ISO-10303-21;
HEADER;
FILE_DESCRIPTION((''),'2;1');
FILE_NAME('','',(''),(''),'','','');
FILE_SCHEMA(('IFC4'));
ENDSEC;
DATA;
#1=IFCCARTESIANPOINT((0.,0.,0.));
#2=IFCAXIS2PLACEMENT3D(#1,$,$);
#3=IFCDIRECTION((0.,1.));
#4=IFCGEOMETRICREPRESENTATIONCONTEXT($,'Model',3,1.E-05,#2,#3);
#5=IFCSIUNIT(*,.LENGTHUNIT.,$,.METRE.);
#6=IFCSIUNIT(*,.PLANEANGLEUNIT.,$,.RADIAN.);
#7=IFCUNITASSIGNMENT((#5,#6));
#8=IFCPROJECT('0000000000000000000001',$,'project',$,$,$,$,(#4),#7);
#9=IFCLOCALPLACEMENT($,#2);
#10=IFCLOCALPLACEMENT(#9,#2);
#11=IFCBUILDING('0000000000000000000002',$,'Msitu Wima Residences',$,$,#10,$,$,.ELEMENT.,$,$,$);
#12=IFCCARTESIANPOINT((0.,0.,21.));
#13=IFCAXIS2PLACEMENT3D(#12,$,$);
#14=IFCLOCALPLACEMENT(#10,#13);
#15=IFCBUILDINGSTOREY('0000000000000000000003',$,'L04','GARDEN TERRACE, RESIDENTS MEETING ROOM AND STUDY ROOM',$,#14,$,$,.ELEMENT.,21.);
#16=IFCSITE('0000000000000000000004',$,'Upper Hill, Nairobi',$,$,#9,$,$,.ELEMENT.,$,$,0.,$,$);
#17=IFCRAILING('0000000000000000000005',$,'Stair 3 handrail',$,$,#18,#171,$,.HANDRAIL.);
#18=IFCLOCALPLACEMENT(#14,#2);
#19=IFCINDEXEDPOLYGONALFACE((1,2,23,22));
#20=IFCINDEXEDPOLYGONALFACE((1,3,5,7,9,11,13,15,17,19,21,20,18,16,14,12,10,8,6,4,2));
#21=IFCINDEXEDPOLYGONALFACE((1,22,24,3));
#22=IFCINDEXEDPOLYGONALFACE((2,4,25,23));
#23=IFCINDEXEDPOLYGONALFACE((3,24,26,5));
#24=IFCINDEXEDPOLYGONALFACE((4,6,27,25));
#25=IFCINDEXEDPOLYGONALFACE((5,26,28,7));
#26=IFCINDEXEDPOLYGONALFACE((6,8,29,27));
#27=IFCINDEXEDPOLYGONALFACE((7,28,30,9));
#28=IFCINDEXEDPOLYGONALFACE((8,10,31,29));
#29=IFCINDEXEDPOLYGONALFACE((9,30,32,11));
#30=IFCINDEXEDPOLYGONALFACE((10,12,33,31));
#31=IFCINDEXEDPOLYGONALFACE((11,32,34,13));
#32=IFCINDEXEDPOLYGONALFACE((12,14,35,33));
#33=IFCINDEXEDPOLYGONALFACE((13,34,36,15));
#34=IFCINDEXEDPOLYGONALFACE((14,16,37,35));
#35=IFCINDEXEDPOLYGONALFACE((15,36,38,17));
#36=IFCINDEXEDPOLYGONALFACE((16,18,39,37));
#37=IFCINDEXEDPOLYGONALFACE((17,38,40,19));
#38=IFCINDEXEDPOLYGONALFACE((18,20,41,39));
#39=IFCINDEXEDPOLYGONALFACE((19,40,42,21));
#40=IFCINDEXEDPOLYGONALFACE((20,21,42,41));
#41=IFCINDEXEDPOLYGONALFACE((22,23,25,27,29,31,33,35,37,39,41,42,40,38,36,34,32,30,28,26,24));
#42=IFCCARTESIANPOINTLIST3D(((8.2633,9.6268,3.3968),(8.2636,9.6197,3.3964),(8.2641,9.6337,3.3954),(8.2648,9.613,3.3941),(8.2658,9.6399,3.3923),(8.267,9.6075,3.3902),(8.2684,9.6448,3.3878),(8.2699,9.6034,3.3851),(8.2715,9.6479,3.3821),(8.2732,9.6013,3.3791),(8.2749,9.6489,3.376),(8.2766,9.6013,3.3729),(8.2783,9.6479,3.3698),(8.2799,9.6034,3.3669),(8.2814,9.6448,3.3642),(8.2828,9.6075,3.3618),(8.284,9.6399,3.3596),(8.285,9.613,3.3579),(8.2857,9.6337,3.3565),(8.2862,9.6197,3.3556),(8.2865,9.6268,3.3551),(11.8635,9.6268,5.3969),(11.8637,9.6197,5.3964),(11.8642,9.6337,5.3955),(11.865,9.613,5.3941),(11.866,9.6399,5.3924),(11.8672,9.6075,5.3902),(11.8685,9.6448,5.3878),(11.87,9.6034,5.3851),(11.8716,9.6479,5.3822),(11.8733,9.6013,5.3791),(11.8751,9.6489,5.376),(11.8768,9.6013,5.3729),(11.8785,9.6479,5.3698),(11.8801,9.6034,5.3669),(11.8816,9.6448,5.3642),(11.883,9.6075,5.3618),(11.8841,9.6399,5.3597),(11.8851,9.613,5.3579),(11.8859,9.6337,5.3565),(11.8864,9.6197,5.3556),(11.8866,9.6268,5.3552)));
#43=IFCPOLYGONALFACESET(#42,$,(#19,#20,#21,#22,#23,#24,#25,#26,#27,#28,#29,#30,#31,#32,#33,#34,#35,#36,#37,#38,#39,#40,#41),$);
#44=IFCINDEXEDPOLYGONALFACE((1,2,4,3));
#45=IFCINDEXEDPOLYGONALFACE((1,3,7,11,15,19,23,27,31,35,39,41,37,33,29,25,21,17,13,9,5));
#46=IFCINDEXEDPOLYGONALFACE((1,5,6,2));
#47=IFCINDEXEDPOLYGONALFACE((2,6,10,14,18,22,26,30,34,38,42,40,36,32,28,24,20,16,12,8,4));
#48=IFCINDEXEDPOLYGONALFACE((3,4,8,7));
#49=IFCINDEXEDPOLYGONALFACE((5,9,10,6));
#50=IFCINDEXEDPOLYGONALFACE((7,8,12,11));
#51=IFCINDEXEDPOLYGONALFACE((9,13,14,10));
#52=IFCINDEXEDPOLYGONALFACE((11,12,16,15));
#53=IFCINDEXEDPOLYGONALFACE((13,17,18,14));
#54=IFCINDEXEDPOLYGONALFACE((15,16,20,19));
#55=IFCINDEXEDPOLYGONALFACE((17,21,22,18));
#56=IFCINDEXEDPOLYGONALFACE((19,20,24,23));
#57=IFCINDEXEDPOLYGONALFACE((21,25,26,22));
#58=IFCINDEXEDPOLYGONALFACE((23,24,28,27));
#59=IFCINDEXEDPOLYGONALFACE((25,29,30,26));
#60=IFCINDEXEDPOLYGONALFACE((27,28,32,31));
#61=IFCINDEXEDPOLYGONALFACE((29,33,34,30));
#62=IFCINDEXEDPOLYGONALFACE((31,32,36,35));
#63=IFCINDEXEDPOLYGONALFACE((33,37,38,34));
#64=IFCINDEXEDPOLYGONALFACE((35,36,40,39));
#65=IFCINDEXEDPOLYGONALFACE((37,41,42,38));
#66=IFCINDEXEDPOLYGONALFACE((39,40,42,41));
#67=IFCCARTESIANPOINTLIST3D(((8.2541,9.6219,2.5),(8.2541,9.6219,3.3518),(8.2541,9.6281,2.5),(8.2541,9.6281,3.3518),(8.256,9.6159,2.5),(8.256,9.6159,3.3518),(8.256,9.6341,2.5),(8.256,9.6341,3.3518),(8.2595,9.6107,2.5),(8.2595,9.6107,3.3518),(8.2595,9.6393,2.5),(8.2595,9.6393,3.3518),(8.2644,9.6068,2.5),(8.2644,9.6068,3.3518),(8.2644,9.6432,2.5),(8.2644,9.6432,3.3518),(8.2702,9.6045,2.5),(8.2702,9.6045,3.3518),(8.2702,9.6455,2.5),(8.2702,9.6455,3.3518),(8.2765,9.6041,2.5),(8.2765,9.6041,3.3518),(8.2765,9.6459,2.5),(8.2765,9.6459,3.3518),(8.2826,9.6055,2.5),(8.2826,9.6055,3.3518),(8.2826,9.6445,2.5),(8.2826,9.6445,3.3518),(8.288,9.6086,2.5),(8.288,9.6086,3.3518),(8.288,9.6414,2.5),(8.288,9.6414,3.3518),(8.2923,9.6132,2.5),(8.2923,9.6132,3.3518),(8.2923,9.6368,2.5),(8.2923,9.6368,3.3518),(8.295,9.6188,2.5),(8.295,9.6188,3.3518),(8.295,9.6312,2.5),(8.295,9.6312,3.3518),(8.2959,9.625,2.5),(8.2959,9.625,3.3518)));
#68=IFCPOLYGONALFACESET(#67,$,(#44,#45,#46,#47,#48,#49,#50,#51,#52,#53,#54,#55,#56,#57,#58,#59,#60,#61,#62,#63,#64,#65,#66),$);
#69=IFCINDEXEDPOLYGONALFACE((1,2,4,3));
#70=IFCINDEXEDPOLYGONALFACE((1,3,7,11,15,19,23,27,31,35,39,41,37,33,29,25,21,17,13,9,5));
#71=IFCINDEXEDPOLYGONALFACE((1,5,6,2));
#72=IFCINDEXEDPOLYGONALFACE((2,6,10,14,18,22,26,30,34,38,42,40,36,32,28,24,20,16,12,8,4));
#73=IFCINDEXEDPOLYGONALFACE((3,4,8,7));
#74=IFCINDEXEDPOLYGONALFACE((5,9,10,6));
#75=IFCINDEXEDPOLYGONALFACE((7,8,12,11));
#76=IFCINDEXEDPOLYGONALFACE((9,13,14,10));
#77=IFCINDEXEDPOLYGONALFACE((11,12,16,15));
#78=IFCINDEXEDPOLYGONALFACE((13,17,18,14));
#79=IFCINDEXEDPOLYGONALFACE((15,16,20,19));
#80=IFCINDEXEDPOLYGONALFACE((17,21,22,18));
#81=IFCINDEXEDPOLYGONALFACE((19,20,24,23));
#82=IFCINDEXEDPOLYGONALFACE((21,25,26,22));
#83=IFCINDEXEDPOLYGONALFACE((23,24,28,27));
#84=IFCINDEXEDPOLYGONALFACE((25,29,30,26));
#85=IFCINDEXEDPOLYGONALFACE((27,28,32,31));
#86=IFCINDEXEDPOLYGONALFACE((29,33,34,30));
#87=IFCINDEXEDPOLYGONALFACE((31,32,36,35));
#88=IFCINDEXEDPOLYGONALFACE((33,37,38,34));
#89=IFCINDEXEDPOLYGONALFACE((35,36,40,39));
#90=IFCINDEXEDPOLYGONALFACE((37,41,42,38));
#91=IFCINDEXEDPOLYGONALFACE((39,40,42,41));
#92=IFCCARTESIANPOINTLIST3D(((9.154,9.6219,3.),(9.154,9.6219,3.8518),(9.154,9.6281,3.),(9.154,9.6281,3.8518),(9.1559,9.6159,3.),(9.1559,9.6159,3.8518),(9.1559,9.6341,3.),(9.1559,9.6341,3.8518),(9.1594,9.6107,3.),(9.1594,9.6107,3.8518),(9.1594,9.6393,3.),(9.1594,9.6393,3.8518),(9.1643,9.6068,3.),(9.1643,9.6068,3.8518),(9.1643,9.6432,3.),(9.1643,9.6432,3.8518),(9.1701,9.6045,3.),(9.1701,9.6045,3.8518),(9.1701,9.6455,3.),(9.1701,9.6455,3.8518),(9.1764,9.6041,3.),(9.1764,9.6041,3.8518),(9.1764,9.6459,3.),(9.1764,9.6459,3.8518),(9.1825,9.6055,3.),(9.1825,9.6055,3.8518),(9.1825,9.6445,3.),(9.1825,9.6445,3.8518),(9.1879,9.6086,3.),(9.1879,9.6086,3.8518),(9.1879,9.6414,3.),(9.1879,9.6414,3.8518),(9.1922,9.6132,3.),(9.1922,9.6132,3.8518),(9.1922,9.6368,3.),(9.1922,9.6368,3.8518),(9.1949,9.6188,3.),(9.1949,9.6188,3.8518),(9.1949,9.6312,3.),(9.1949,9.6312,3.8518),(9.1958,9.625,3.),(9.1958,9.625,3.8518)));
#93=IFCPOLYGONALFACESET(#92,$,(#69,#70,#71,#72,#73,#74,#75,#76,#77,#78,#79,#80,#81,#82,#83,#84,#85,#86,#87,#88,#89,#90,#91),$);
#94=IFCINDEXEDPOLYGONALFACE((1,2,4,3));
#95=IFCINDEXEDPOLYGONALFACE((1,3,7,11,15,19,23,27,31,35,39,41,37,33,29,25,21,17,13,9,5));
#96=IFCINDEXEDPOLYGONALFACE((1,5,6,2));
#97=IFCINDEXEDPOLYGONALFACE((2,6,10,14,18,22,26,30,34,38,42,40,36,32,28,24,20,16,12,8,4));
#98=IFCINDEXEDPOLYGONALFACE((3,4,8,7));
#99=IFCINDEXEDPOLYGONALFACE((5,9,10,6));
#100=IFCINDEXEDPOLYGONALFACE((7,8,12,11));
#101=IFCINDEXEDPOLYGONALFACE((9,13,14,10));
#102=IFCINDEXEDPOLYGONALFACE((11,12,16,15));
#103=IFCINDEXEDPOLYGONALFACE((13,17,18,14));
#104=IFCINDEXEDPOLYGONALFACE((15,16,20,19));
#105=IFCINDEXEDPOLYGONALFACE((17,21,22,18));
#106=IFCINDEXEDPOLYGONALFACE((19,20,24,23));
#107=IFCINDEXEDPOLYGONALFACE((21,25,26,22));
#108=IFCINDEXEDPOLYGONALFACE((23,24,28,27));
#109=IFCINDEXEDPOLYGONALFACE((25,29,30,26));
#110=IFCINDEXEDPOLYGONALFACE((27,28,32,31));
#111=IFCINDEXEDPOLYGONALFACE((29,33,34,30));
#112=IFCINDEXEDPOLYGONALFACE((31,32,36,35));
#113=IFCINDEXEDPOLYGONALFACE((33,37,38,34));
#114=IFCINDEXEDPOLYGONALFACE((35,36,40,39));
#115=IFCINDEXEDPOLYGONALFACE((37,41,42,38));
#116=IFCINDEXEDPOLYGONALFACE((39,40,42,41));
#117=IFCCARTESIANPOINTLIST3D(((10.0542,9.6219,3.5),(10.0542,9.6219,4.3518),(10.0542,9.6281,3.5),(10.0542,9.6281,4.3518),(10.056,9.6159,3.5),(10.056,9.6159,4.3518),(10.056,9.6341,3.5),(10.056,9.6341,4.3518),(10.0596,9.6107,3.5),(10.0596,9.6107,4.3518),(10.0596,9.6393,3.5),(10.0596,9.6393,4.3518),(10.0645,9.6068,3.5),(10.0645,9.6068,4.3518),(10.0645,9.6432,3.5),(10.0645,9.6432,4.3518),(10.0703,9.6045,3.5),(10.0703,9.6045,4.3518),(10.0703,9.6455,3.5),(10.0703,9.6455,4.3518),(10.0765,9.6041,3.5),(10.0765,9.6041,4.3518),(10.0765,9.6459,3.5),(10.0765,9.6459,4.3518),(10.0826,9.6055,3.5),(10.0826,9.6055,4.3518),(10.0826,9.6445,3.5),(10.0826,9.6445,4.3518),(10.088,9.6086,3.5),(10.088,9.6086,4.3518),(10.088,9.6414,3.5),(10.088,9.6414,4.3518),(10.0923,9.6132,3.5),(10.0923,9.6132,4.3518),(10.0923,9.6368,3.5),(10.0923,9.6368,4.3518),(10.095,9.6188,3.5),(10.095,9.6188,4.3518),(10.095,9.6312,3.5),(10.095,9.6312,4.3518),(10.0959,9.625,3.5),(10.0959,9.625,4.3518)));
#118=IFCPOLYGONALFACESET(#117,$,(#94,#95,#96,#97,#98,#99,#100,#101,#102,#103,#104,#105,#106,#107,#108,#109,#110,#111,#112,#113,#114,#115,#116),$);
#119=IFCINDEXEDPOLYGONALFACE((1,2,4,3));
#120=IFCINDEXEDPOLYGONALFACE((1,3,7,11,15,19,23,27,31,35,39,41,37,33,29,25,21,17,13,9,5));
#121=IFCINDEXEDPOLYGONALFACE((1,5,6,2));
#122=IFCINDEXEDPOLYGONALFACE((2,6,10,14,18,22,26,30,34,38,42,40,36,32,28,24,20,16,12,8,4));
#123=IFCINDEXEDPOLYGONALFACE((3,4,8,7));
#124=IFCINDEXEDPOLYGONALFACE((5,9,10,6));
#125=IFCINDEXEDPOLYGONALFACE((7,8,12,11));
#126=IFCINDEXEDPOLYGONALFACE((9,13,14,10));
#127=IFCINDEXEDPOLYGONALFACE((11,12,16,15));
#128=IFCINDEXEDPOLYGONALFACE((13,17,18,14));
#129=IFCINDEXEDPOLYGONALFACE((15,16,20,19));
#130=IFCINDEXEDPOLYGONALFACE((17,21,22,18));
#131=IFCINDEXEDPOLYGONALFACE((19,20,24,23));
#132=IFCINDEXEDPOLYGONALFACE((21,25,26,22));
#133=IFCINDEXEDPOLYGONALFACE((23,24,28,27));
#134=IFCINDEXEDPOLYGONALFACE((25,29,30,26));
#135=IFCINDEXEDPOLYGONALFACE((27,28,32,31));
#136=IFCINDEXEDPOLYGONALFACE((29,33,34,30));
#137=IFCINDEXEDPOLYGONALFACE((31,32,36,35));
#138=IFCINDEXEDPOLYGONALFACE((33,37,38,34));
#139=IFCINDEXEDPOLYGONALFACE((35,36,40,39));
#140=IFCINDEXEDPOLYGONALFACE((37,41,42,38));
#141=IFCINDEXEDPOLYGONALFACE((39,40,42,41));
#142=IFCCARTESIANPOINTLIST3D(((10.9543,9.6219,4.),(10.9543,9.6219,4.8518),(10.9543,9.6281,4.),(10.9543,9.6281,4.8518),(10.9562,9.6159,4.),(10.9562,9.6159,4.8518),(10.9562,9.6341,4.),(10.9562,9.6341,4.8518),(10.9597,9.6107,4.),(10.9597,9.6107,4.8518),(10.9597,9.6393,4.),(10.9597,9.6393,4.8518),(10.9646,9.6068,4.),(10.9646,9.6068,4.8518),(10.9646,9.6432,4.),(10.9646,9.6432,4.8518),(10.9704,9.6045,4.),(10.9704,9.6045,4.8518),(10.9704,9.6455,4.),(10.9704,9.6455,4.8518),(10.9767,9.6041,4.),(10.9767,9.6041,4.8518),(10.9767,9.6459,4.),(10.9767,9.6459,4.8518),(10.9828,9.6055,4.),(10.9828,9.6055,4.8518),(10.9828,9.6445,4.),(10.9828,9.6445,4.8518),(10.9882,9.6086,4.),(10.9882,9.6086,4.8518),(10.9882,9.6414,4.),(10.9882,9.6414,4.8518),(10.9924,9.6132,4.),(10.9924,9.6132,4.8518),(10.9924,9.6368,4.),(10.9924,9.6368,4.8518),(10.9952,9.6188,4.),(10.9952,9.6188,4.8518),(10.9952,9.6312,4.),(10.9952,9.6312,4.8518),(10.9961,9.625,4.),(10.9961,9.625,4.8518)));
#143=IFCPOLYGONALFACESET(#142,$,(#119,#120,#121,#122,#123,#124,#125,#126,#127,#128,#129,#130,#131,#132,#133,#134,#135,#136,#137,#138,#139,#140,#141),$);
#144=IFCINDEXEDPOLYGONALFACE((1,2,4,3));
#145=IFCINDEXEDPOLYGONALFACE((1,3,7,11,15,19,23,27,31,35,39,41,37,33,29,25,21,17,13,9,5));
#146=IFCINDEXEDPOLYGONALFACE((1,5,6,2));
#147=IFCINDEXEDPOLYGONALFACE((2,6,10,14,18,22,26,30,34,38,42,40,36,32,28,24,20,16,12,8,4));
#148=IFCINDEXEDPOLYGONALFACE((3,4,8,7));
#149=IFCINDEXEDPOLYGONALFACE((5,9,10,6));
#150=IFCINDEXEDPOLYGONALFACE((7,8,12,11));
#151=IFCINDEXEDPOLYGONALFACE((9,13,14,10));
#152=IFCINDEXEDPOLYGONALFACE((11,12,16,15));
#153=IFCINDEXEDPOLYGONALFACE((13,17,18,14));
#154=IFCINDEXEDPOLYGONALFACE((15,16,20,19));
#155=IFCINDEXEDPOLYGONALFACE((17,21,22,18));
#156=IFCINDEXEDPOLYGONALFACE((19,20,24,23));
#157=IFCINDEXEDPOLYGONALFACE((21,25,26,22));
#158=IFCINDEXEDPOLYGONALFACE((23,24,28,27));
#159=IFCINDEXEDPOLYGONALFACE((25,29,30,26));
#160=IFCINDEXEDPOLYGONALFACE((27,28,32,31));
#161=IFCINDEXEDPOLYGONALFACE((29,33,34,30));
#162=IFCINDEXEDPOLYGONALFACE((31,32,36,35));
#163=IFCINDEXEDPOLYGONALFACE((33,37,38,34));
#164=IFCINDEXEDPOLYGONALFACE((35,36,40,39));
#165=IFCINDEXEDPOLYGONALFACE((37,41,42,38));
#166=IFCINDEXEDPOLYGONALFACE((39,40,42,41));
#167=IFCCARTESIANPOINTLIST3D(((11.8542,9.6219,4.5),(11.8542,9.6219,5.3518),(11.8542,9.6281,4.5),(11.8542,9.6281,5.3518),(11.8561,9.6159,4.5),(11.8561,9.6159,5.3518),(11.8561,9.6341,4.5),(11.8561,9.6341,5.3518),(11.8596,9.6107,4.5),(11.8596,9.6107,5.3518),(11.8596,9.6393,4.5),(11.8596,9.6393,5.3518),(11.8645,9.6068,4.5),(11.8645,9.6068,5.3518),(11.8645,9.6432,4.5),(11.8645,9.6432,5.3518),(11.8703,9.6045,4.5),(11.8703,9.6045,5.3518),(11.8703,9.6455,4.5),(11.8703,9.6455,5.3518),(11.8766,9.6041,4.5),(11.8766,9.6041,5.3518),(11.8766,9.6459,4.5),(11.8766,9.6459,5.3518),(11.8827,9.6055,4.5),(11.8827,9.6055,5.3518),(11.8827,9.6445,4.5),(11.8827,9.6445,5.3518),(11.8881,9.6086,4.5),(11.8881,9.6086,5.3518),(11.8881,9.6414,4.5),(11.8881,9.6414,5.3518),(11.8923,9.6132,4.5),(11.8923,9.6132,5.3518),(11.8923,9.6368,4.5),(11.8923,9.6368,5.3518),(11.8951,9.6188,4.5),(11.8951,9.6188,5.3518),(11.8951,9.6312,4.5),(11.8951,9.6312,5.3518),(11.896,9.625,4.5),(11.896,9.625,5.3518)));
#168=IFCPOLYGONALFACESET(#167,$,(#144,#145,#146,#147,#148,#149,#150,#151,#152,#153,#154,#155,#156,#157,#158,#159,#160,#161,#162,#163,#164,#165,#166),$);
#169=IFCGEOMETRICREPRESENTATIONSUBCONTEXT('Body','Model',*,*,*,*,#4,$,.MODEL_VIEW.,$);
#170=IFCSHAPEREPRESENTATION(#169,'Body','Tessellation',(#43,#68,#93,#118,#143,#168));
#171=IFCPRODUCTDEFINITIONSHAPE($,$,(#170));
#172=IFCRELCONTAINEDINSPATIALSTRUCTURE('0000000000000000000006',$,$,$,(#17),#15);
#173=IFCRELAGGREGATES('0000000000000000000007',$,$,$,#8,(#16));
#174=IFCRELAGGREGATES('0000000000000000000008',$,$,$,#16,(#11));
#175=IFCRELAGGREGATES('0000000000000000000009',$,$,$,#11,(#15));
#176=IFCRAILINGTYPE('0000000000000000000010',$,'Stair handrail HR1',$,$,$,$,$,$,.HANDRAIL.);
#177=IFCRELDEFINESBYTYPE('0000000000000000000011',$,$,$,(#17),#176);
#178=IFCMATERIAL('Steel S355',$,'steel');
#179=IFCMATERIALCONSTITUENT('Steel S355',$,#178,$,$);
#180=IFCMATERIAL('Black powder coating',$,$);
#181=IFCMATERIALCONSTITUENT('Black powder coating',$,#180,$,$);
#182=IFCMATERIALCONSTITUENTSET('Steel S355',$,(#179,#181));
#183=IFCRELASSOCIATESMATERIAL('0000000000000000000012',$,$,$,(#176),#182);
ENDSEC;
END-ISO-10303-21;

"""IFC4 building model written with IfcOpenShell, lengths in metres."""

from ifc_helpers import new_model, si_unit, direction, frame, origin, origin_2d, place, context, subcontext, project, spatial, circle, extrude, material, constituent, constituent_set, type_object, element, save


model = new_model("IFC4")

# Units and contexts
model_context = context("Model", 3, precision=1e-05, world=origin(), true_north=direction((0.0, 1.0)))
body_context = subcontext(model_context, "Body", "Model", "MODEL_VIEW")
ifc_project = project(units=[si_unit("LENGTHUNIT", "METRE"), si_unit("PLANEANGLEUNIT", "RADIAN")], contexts=[model_context])

# Site, building, storey
site_placement = place(None, origin())
site = spatial("IfcSite", under=ifc_project, at=site_placement, Name="Upper Hill, Nairobi", CompositionType="ELEMENT", RefElevation=0.0)
building_placement = place(site_placement, origin())
building = spatial("IfcBuilding", under=site, at=building_placement, Name="Msitu Wima Residences", CompositionType="ELEMENT")
storey_placement = place(building_placement, frame((0.0, 0.0, 21.0)))
storey = spatial("IfcBuildingStorey", under=building, at=storey_placement, Name="L04", Description="GARDEN TERRACE, RESIDENTS MEETING ROOM AND STUDY ROOM", CompositionType="ELEMENT", Elevation=21.0)

# Railing
ifc_material_1 = material(Name="Steel S355", Category="steel")
ifc_constituent_1 = constituent(ifc_material_1, Name="Steel S355")
ifc_material_2 = material(Name="Black powder coating")
ifc_constituent_2 = constituent(ifc_material_2, Name="Black powder coating")
ifc_constituent_set_1 = constituent_set(constituents=[ifc_constituent_1, ifc_constituent_2], Name="Steel S355")
railing_type_1 = type_object("IfcRailingType", Name="Stair handrail HR1", PredefinedType="HANDRAIL", material=ifc_constituent_set_1)
for number, where, name in (
    (1, (8.2749, 9.625, 2.5), "Stair 3 handrail"),
):
    element("IfcRailing", number, at=place(storey_placement, frame(where)), inside=storey, type_object=railing_type_1, Name=name, PredefinedType="HANDRAIL", context=body_context, shape_type="SweptSolid", body=[
        extrude(circle(Radius=0.0239, at=origin_2d()), frame((0.0, 0.0, 0.876), z_axis=(0.874163, 0.0, 0.485633), x_axis=(0.0, 1.0, 0.0)), (0.0, 0.0, 1.0), 4.1184),
        extrude(circle(Radius=0.021, at=origin_2d()), origin(), (0.0, 0.0, 1.0), 0.8518),
        extrude(circle(Radius=0.021, at=origin_2d()), frame((0.8999, 0.0, 0.5)), (0.0, 0.0, 1.0), 0.8518),
        extrude(circle(Radius=0.021, at=origin_2d()), frame((1.8, 0.0, 1.0)), (0.0, 0.0, 1.0), 0.8518),
        extrude(circle(Radius=0.021, at=origin_2d()), frame((2.7002, 0.0, 1.5)), (0.0, 0.0, 1.0), 0.8518),
        extrude(circle(Radius=0.021, at=origin_2d()), frame((3.6001, 0.0, 2.0)), (0.0, 0.0, 1.0), 0.8518),
    ])

save(model, "model.ifc")
